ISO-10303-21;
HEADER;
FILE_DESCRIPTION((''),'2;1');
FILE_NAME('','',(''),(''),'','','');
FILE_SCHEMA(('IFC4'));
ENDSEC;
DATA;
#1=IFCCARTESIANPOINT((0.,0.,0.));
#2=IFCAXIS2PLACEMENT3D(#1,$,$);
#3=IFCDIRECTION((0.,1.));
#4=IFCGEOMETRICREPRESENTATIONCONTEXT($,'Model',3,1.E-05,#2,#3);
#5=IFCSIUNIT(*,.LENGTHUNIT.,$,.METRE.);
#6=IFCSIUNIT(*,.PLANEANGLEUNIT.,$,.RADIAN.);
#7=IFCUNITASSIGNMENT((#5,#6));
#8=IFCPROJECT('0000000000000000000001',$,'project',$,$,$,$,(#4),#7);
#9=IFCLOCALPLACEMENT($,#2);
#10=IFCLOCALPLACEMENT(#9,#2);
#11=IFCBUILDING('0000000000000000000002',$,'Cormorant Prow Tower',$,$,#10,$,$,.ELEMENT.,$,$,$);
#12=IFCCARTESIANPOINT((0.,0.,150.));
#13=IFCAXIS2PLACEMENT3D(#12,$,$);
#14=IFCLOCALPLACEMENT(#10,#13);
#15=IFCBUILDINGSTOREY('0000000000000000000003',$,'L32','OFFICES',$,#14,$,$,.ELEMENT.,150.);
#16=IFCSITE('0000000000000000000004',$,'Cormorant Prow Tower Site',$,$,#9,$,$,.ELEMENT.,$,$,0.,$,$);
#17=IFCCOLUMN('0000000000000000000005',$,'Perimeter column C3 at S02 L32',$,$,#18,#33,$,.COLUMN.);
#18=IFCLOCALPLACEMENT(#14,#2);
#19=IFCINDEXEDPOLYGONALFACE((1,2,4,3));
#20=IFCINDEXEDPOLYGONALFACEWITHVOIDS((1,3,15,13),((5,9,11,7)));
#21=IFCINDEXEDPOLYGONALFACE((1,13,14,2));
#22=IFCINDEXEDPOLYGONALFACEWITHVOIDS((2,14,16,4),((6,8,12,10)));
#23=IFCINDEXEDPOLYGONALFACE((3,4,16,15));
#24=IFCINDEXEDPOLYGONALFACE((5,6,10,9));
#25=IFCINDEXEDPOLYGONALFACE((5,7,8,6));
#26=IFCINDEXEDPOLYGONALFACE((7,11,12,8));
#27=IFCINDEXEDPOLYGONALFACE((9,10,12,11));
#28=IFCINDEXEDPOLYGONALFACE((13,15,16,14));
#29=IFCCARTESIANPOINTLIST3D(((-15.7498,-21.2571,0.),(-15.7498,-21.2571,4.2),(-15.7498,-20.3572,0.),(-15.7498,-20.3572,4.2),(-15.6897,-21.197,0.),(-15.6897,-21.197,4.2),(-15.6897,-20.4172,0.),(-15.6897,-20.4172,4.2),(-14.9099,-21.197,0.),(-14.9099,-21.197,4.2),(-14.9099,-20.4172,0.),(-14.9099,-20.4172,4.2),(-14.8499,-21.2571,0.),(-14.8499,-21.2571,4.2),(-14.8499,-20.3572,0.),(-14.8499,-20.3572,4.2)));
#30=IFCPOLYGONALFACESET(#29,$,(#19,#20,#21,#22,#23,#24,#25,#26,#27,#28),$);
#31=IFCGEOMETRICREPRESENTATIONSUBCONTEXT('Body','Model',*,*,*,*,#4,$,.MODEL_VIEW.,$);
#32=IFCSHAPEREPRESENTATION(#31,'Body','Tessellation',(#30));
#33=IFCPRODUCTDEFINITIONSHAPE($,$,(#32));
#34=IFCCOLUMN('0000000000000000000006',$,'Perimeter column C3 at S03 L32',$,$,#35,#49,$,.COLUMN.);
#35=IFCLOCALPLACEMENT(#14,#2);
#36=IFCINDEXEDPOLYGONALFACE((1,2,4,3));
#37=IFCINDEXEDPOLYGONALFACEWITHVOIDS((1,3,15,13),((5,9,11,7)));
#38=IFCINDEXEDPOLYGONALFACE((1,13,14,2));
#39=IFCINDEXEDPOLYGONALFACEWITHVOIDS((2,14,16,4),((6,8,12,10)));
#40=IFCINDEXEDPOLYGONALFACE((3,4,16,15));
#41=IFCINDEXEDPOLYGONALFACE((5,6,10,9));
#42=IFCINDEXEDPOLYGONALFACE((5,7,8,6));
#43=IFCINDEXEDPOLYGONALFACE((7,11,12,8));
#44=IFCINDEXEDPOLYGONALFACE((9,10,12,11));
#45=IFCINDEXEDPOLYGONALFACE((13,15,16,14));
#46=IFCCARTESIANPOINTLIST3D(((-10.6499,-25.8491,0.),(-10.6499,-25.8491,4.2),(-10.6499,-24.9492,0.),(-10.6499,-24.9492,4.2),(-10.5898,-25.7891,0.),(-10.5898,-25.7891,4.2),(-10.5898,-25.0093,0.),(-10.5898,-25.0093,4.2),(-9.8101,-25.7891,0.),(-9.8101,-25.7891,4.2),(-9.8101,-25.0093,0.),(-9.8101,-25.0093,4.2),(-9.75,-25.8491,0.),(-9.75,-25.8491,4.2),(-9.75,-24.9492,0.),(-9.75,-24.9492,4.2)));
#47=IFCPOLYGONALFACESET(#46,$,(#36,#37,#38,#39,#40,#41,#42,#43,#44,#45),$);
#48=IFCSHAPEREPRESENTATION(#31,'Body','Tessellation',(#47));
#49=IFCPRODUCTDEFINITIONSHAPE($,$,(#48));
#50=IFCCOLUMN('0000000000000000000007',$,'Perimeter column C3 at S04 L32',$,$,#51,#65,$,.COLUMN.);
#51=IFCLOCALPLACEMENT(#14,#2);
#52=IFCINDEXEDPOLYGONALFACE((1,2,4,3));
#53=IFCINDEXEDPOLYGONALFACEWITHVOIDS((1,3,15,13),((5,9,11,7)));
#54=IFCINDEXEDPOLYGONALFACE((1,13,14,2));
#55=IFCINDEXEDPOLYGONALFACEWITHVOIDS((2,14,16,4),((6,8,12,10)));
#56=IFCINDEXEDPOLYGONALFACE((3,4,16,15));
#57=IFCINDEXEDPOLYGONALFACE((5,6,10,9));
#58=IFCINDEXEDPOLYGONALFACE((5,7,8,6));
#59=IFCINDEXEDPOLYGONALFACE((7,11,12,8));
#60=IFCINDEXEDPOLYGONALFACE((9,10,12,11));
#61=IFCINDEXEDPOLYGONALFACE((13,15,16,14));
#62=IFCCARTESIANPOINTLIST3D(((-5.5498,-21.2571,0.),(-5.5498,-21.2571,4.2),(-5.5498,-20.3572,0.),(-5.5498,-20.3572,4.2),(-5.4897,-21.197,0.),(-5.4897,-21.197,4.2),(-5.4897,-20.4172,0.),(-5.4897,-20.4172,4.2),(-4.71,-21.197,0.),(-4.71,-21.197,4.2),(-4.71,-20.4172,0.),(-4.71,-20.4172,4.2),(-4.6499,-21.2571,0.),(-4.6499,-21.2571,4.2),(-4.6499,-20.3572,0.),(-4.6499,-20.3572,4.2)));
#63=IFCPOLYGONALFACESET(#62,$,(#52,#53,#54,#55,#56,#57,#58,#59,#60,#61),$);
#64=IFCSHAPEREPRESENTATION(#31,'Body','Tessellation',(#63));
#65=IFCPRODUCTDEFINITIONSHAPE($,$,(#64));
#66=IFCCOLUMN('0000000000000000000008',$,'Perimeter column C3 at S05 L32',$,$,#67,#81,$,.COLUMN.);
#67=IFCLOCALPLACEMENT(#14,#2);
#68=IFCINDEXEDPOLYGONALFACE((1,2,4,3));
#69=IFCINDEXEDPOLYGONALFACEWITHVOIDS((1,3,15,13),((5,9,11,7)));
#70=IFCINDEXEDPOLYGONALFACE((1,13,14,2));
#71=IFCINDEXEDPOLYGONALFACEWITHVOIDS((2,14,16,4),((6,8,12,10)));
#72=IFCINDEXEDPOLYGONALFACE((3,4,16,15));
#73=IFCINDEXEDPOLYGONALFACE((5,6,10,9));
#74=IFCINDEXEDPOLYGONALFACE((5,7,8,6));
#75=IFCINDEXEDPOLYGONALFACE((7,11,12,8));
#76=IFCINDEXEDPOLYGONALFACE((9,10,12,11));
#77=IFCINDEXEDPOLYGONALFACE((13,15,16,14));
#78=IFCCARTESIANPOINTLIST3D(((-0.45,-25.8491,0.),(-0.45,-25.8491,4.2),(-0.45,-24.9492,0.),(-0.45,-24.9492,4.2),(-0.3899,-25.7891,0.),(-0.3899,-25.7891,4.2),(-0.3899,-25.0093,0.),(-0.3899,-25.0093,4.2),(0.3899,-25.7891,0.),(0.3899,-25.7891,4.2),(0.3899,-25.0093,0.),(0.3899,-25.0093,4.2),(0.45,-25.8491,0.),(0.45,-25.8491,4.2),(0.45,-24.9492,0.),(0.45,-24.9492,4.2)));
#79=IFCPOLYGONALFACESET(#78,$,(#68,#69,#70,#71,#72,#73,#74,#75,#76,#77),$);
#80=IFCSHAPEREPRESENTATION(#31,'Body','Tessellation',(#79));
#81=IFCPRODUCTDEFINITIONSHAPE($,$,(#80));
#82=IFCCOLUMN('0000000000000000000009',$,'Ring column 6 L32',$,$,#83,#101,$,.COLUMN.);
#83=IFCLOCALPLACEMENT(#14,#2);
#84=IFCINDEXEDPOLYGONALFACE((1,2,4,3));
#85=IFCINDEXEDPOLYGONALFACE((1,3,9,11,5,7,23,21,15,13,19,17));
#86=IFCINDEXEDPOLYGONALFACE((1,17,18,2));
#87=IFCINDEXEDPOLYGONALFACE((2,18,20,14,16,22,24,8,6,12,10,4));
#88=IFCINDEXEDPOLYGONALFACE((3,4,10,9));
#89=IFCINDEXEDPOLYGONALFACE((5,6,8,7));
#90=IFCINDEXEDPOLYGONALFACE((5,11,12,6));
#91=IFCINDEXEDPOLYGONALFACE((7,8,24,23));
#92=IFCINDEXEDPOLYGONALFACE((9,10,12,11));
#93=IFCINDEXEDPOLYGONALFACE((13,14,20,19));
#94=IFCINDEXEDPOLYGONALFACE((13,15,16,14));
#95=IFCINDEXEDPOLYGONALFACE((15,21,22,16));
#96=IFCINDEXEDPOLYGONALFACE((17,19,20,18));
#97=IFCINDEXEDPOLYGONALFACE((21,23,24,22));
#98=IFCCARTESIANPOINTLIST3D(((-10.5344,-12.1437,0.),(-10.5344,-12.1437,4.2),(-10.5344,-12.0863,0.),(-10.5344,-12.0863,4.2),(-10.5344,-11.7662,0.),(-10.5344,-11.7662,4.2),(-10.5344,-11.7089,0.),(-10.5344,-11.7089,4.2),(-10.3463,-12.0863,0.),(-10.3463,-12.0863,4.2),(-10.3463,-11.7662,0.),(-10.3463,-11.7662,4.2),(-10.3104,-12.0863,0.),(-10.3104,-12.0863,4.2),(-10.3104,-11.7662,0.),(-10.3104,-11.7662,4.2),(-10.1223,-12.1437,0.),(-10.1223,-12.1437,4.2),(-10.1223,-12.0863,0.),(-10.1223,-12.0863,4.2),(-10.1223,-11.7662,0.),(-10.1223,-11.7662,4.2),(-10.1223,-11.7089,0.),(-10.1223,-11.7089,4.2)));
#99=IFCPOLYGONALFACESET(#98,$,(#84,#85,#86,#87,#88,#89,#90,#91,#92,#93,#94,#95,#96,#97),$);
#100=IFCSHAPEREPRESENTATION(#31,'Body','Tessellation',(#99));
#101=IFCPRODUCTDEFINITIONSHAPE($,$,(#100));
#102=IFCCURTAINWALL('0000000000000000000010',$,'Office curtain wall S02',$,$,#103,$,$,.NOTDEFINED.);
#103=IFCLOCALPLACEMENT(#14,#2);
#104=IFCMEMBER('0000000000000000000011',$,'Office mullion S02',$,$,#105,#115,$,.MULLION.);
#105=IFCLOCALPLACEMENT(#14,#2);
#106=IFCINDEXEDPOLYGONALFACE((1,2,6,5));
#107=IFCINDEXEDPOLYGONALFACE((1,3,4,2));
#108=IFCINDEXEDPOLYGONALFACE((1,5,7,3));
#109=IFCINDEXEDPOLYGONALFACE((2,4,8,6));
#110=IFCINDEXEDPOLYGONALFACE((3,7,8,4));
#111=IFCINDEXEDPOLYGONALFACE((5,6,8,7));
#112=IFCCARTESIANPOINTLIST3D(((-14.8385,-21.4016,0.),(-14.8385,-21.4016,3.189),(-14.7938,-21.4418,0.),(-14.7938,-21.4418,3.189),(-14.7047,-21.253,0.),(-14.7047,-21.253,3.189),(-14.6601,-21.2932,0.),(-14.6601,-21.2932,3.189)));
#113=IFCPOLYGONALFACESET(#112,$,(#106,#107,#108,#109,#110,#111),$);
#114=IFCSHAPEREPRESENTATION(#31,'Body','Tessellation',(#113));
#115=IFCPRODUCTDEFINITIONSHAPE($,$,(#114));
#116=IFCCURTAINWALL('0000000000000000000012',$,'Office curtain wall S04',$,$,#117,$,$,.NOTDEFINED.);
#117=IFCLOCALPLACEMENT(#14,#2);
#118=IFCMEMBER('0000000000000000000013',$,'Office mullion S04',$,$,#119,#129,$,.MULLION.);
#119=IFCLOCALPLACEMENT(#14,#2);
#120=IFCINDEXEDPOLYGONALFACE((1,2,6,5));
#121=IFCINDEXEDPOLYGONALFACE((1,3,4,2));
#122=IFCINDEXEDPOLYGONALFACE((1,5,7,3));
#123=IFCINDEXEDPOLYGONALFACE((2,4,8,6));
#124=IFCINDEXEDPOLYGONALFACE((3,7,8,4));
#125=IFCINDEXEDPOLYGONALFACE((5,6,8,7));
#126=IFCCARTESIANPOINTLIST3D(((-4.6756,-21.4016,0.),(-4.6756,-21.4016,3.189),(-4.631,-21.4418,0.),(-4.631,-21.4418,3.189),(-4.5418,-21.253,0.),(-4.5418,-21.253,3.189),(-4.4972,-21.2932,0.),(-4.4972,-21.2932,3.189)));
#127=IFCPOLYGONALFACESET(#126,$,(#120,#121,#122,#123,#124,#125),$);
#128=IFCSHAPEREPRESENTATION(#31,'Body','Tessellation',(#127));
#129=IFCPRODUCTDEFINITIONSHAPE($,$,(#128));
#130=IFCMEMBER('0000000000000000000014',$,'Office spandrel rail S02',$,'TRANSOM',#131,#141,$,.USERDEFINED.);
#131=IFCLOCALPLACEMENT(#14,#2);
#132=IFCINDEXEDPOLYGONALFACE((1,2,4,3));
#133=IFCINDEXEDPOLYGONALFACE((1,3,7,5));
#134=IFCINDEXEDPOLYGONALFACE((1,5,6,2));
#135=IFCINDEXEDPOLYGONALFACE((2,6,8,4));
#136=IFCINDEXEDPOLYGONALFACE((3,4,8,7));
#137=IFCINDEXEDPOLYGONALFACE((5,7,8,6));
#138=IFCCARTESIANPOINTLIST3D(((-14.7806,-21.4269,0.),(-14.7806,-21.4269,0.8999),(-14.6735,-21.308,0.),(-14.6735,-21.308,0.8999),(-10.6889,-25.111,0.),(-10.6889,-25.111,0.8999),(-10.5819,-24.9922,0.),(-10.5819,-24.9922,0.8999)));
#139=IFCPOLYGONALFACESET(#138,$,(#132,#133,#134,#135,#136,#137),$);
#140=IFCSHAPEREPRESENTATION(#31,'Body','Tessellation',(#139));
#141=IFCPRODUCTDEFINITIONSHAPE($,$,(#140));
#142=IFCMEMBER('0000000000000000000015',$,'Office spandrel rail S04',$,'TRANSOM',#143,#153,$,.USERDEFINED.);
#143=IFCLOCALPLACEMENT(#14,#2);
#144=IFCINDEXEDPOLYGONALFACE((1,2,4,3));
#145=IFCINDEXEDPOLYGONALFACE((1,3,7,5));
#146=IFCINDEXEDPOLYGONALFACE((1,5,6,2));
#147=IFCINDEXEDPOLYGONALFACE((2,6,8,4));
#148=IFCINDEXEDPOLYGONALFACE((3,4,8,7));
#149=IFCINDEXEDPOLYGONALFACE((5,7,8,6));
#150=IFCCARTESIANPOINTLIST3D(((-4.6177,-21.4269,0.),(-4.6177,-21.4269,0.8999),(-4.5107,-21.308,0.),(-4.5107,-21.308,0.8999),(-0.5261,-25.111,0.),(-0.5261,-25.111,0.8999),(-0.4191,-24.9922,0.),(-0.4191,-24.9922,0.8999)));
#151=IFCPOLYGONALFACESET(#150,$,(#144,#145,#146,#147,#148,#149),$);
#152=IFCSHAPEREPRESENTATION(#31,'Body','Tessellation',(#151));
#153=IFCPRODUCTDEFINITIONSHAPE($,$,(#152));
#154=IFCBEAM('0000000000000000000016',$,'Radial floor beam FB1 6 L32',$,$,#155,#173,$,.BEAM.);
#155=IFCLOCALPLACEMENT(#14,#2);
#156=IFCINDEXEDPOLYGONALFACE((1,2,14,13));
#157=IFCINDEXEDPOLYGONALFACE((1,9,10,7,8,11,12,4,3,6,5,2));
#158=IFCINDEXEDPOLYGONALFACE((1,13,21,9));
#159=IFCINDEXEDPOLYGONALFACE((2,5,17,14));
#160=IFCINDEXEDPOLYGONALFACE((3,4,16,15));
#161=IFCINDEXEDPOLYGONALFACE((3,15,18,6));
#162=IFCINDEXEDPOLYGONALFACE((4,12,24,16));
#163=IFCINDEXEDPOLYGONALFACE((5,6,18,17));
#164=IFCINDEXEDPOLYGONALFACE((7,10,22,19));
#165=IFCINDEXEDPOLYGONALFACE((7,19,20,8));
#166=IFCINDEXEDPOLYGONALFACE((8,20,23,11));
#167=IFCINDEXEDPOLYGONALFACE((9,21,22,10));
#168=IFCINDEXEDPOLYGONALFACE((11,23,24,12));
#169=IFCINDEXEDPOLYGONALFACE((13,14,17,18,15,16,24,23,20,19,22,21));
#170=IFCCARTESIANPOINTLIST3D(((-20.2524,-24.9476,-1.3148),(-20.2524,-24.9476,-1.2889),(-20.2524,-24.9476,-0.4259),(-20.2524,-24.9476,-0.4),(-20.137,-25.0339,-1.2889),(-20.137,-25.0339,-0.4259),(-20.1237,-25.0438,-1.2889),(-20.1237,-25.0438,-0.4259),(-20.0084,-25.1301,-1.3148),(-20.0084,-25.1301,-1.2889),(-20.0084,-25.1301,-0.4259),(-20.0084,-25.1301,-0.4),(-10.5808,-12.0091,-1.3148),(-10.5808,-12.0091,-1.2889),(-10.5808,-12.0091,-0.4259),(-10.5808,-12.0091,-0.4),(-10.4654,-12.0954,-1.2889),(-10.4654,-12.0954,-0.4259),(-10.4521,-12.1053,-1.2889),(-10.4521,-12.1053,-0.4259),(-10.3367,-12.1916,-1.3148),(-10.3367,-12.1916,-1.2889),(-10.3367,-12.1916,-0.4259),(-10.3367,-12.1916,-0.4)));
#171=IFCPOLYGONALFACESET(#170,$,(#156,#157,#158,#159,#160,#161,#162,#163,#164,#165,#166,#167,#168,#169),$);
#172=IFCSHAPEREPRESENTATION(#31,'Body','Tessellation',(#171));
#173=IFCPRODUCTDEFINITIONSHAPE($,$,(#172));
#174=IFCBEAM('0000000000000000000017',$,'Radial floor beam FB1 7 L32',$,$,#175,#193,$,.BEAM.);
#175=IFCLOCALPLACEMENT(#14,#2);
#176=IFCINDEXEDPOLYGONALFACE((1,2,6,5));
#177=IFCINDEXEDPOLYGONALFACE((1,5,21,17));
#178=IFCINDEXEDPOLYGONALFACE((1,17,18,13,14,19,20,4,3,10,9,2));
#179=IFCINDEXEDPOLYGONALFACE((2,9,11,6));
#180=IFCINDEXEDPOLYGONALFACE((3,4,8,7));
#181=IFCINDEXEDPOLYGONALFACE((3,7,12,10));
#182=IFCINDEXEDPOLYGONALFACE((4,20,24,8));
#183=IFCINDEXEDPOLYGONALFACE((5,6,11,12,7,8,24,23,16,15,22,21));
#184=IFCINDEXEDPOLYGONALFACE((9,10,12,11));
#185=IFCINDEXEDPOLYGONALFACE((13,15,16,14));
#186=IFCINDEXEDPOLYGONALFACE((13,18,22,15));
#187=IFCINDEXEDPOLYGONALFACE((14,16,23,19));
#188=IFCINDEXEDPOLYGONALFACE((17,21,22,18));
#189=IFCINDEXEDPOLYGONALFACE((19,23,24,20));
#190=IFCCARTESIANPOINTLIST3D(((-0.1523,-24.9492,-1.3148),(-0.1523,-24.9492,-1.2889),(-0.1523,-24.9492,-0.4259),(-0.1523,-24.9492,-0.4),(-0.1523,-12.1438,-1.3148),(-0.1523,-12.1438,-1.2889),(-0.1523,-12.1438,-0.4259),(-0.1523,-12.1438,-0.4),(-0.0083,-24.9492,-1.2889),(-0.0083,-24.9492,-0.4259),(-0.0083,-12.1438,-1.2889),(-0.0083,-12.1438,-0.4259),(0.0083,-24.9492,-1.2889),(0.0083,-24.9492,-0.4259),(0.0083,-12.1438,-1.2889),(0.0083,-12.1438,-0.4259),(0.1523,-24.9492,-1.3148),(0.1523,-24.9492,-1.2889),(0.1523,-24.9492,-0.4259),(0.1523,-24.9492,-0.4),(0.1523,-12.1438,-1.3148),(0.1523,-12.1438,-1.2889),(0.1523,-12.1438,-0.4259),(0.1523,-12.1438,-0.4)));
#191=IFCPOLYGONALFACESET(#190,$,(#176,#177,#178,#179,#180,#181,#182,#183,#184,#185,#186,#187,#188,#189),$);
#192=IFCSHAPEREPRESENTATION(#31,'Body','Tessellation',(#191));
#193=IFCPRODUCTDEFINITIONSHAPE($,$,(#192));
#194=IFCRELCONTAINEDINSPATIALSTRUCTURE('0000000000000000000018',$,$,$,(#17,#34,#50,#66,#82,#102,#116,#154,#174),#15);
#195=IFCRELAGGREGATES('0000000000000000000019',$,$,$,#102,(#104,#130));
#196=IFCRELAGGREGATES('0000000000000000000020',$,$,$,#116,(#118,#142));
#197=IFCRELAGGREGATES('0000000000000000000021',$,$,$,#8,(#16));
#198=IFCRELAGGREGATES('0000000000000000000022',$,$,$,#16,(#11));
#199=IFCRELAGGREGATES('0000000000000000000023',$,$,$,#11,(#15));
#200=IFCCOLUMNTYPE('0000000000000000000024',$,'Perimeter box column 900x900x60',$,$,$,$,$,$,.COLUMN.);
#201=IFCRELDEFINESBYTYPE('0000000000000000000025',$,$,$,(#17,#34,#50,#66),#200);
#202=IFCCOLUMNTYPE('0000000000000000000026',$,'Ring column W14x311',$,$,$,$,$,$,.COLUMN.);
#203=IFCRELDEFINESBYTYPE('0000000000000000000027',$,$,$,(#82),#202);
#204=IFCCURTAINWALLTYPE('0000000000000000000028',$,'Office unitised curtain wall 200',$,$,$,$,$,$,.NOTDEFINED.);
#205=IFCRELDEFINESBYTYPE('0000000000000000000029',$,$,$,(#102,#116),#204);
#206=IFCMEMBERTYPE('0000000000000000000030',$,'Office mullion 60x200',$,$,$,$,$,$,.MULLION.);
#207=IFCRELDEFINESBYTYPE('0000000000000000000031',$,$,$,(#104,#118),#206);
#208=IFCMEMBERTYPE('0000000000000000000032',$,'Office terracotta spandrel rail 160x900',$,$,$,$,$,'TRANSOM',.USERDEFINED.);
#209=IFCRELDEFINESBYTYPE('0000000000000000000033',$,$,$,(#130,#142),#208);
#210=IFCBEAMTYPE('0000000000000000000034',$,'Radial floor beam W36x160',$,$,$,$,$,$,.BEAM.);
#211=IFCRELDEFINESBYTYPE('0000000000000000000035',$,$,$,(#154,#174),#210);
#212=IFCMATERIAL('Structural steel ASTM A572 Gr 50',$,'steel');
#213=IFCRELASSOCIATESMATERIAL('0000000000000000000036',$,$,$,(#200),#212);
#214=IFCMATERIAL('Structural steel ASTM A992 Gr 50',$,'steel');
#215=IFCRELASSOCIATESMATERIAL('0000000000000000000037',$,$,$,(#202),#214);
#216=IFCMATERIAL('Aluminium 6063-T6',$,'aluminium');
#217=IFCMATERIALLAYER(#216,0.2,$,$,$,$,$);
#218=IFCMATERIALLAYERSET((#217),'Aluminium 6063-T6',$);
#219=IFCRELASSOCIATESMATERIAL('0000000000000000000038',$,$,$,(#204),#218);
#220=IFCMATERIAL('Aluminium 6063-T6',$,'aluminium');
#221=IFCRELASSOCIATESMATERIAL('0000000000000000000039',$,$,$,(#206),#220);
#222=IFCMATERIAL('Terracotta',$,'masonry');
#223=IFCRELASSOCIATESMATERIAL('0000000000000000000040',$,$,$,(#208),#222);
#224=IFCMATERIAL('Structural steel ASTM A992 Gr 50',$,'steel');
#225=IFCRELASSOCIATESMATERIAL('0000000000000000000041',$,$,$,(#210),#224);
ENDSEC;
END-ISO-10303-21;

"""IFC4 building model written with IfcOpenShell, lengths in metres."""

from ifc_helpers import new_model, si_unit, direction, frame, origin, origin_2d, place, context, subcontext, project, spatial, rectangle, hollow_rectangle, i_section, extrude, material, layer, layer_set, material_profile, profile_set, type_object, element, aggregate, save


model = new_model("IFC4")

# Units and contexts
model_context = context("Model", 3, precision=1e-05, world=origin(), true_north=direction((0.0, 1.0)))
body_context = subcontext(model_context, "Body", "Model", "MODEL_VIEW")
ifc_project = project(units=[si_unit("LENGTHUNIT", "METRE"), si_unit("PLANEANGLEUNIT", "RADIAN")], contexts=[model_context])

# Site, building, storey
site_placement = place(None, origin())
site = spatial("IfcSite", under=ifc_project, at=site_placement, Name="Cormorant Prow Tower Site", CompositionType="ELEMENT", RefElevation=0.0)
building_placement = place(site_placement, origin())
building = spatial("IfcBuilding", under=site, at=building_placement, Name="Cormorant Prow Tower", CompositionType="ELEMENT")
storey_placement = place(building_placement, frame((0.0, 0.0, 150.0)))
storey = spatial("IfcBuildingStorey", under=building, at=storey_placement, Name="L32", Description="OFFICES", CompositionType="ELEMENT", Elevation=150.0)

# Columns
ifc_material_1 = material(Name="Structural steel ASTM A572 Gr 50", Category="steel")
ifc_material_profile_1 = material_profile(ifc_material_1, hollow_rectangle(XDim=0.8999, YDim=0.8999, WallThickness=0.0601, at=origin_2d()), Name="Box 900x900x60")
ifc_profile_set_1 = profile_set([ifc_material_profile_1], Name="Structural steel ASTM A572 Gr 50")
column_type_1 = type_object("IfcColumnType", Name="Perimeter box column 900x900x60", PredefinedType="COLUMN", material=ifc_profile_set_1)
for number, where, z_axis, x_axis, name in (
    (1, (-15.2998, -20.8071, 0.0), (0.0, 0.0, 1.0), (1.0, 0.0, 0.0), "Perimeter column C3 at S02 L32"),
    (2, (-10.2, -25.3992, 0.0), (0.0, 0.0, 1.0), (1.0, 0.0, 0.0), "Perimeter column C3 at S03 L32"),
    (3, (-5.0999, -20.8071, 0.0), (0.0, 0.0, 1.0), (1.0, 0.0, 0.0), "Perimeter column C3 at S04 L32"),
    (4, (0.0, -25.3992, 0.0), (0.0, 0.0, 1.0), (1.0, 0.0, 0.0), "Perimeter column C3 at S05 L32"),
):
    element("IfcColumn", number, at=place(storey_placement, frame(where, z_axis=z_axis, x_axis=x_axis)), inside=storey, type_object=column_type_1, Name=name, PredefinedType="COLUMN", context=body_context, shape_type="SweptSolid", body=[
        extrude(hollow_rectangle(XDim=0.8999, YDim=0.8999, WallThickness=0.0601, at=origin_2d()), origin(), (0.0, 0.0, 1.0), 4.2),
    ])
ifc_material_2 = material(Name="Structural steel ASTM A992 Gr 50", Category="steel")
ifc_material_profile_2 = material_profile(ifc_material_2, i_section(OverallWidth=0.4121, OverallDepth=0.4348, WebThickness=0.0359, FlangeThickness=0.0574, at=origin_2d()), Name="W14x311")
ifc_profile_set_2 = profile_set([ifc_material_profile_2], Name="Structural steel ASTM A992 Gr 50")
column_type_2 = type_object("IfcColumnType", Name="Ring column W14x311", PredefinedType="COLUMN", material=ifc_profile_set_2)
column_placement = place(storey_placement, frame((-10.3284, -11.9263, 0.0), z_axis=(0.0, 0.0, 1.0), x_axis=(1.0, 0.0, 0.0)))
element("IfcColumn", 5, at=column_placement, inside=storey, type_object=column_type_2, Name="Ring column 6 L32", PredefinedType="COLUMN", context=body_context, shape_type="SweptSolid", body=[
    extrude(i_section(OverallWidth=0.4121, OverallDepth=0.4348, WebThickness=0.0359, FlangeThickness=0.0574, at=origin_2d()), origin(), (0.0, 0.0, 1.0), 4.2),
])

# Curtain walls, members
ifc_material_3 = material(Name="Aluminium 6063-T6", Category="aluminium")
ifc_layer_1 = layer(ifc_material_3, 0.2)
ifc_layer_set_1 = layer_set([ifc_layer_1], Name="Aluminium 6063-T6")
curtain_wall_type = type_object("IfcCurtainWallType", Name="Office unitised curtain wall 200", PredefinedType="NOTDEFINED", material=ifc_layer_set_1)
curtain_wall_1_placement = place(storey_placement, origin())
curtain_wall_1 = element("IfcCurtainWall", 6, at=curtain_wall_1_placement, inside=storey, type_object=curtain_wall_type, Name="Office curtain wall S02", PredefinedType="NOTDEFINED")
ifc_material_4 = material(Name="Aluminium 6063-T6", Category="aluminium")
ifc_material_profile_3 = material_profile(ifc_material_4, rectangle(XDim=0.2, YDim=0.0601, at=origin_2d()), Name="Office mullion 60x200")
ifc_profile_set_3 = profile_set([ifc_material_profile_3], Name="Aluminium 6063-T6")
member_type_1 = type_object("IfcMemberType", Name="Office mullion 60x200", PredefinedType="MULLION", material=ifc_profile_set_3)
member_1_placement = place(storey_placement, frame((-14.7493, -21.3474, 0.0), z_axis=(0.0, 0.0, 1.0), x_axis=(0.669131, 0.743145, 0.0)))
member_1 = element("IfcMember", 7, at=member_1_placement, type_object=member_type_1, Name="Office mullion S02", PredefinedType="MULLION", context=body_context, shape_type="SweptSolid", body=[
    extrude(rectangle(XDim=0.2, YDim=0.0601, at=origin_2d()), origin(), (0.0, 0.0, 1.0), 3.189),
])
curtain_wall_2_placement = place(storey_placement, origin())
curtain_wall_2 = element("IfcCurtainWall", 8, at=curtain_wall_2_placement, inside=storey, type_object=curtain_wall_type, Name="Office curtain wall S04", PredefinedType="NOTDEFINED")
member_2_placement = place(storey_placement, frame((-4.5864, -21.3474, 0.0), z_axis=(0.0, 0.0, 1.0), x_axis=(0.669131, 0.743145, 0.0)))
member_2 = element("IfcMember", 9, at=member_2_placement, type_object=member_type_1, Name="Office mullion S04", PredefinedType="MULLION", context=body_context, shape_type="SweptSolid", body=[
    extrude(rectangle(XDim=0.2, YDim=0.0601, at=origin_2d()), origin(), (0.0, 0.0, 1.0), 3.189),
])

# Members
ifc_material_5 = material(Name="Terracotta", Category="masonry")
ifc_material_profile_4 = material_profile(ifc_material_5, rectangle(XDim=0.1599, YDim=0.8999, at=origin_2d()), Name="Office terracotta spandrel rail 160x900")
ifc_profile_set_4 = profile_set([ifc_material_profile_4], Name="Terracotta")
member_type_2 = type_object("IfcMemberType", Name="Office terracotta spandrel rail 160x900", ElementType="TRANSOM", PredefinedType="USERDEFINED", material=ifc_profile_set_4)
member_3_placement = place(storey_placement, frame((-14.7271, -21.3674, 0.45), z_axis=(0.743142, -0.669134, 0.0), x_axis=(0.669134, 0.743142, 0.0)))
member_3 = element("IfcMember", 10, at=member_3_placement, type_object=member_type_2, Name="Office spandrel rail S02", ObjectType="TRANSOM", PredefinedType="USERDEFINED", context=body_context, shape_type="SweptSolid", body=[
    extrude(rectangle(XDim=0.1599, YDim=0.8999, at=origin_2d()), origin(), (0.0, 0.0, 1.0), 5.5059),
])
member_4_placement = place(storey_placement, frame((-4.5642, -21.3674, 0.45), z_axis=(0.743142, -0.669134, 0.0), x_axis=(0.669134, 0.743142, 0.0)))
member_4 = element("IfcMember", 11, at=member_4_placement, type_object=member_type_2, Name="Office spandrel rail S04", ObjectType="TRANSOM", PredefinedType="USERDEFINED", context=body_context, shape_type="SweptSolid", body=[
    extrude(rectangle(XDim=0.1599, YDim=0.8999, at=origin_2d()), origin(), (0.0, 0.0, 1.0), 5.5059),
])

# Beams
ifc_material_6 = material(Name="Structural steel ASTM A992 Gr 50", Category="steel")
ifc_material_profile_5 = material_profile(ifc_material_6, i_section(OverallWidth=0.3047, OverallDepth=0.9148, WebThickness=0.0166, FlangeThickness=0.0259, at=origin_2d()), Name="W36x160")
ifc_profile_set_5 = profile_set([ifc_material_profile_5], Name="Structural steel ASTM A992 Gr 50")
beam_type_1 = type_object("IfcBeamType", Name="Radial floor beam W36x160", PredefinedType="BEAM", material=ifc_profile_set_5)
beam_1_placement = place(storey_placement, frame((-10.4587, -12.1003, -0.8574), z_axis=(-0.598722, -0.800957, 0.0), x_axis=(0.800957, -0.598722, 0.0)))
element("IfcBeam", 12, at=beam_1_placement, inside=storey, type_object=beam_type_1, Name="Radial floor beam FB1 6 L32", PredefinedType="BEAM", context=body_context, shape_type="SweptSolid", body=[
    extrude(i_section(OverallWidth=0.3047, OverallDepth=0.9148, WebThickness=0.0166, FlangeThickness=0.0259, at=origin_2d()), origin(), (0.0, 0.0, 1.0), 16.1538),
])
beam_2_placement = place(storey_placement, frame((0.0, -12.1438, -0.8574), z_axis=(0.0, -1.0, 0.0), x_axis=(1.0, 0.0, 0.0)))
element("IfcBeam", 13, at=beam_2_placement, inside=storey, type_object=beam_type_1, Name="Radial floor beam FB1 7 L32", PredefinedType="BEAM", context=body_context, shape_type="SweptSolid", body=[
    extrude(i_section(OverallWidth=0.3047, OverallDepth=0.9148, WebThickness=0.0166, FlangeThickness=0.0259, at=origin_2d()), origin(), (0.0, 0.0, 1.0), 12.8054),
])

aggregate(curtain_wall_1, [member_1, member_3])
aggregate(curtain_wall_2, [member_2, member_4])

save(model, "model.ifc")
